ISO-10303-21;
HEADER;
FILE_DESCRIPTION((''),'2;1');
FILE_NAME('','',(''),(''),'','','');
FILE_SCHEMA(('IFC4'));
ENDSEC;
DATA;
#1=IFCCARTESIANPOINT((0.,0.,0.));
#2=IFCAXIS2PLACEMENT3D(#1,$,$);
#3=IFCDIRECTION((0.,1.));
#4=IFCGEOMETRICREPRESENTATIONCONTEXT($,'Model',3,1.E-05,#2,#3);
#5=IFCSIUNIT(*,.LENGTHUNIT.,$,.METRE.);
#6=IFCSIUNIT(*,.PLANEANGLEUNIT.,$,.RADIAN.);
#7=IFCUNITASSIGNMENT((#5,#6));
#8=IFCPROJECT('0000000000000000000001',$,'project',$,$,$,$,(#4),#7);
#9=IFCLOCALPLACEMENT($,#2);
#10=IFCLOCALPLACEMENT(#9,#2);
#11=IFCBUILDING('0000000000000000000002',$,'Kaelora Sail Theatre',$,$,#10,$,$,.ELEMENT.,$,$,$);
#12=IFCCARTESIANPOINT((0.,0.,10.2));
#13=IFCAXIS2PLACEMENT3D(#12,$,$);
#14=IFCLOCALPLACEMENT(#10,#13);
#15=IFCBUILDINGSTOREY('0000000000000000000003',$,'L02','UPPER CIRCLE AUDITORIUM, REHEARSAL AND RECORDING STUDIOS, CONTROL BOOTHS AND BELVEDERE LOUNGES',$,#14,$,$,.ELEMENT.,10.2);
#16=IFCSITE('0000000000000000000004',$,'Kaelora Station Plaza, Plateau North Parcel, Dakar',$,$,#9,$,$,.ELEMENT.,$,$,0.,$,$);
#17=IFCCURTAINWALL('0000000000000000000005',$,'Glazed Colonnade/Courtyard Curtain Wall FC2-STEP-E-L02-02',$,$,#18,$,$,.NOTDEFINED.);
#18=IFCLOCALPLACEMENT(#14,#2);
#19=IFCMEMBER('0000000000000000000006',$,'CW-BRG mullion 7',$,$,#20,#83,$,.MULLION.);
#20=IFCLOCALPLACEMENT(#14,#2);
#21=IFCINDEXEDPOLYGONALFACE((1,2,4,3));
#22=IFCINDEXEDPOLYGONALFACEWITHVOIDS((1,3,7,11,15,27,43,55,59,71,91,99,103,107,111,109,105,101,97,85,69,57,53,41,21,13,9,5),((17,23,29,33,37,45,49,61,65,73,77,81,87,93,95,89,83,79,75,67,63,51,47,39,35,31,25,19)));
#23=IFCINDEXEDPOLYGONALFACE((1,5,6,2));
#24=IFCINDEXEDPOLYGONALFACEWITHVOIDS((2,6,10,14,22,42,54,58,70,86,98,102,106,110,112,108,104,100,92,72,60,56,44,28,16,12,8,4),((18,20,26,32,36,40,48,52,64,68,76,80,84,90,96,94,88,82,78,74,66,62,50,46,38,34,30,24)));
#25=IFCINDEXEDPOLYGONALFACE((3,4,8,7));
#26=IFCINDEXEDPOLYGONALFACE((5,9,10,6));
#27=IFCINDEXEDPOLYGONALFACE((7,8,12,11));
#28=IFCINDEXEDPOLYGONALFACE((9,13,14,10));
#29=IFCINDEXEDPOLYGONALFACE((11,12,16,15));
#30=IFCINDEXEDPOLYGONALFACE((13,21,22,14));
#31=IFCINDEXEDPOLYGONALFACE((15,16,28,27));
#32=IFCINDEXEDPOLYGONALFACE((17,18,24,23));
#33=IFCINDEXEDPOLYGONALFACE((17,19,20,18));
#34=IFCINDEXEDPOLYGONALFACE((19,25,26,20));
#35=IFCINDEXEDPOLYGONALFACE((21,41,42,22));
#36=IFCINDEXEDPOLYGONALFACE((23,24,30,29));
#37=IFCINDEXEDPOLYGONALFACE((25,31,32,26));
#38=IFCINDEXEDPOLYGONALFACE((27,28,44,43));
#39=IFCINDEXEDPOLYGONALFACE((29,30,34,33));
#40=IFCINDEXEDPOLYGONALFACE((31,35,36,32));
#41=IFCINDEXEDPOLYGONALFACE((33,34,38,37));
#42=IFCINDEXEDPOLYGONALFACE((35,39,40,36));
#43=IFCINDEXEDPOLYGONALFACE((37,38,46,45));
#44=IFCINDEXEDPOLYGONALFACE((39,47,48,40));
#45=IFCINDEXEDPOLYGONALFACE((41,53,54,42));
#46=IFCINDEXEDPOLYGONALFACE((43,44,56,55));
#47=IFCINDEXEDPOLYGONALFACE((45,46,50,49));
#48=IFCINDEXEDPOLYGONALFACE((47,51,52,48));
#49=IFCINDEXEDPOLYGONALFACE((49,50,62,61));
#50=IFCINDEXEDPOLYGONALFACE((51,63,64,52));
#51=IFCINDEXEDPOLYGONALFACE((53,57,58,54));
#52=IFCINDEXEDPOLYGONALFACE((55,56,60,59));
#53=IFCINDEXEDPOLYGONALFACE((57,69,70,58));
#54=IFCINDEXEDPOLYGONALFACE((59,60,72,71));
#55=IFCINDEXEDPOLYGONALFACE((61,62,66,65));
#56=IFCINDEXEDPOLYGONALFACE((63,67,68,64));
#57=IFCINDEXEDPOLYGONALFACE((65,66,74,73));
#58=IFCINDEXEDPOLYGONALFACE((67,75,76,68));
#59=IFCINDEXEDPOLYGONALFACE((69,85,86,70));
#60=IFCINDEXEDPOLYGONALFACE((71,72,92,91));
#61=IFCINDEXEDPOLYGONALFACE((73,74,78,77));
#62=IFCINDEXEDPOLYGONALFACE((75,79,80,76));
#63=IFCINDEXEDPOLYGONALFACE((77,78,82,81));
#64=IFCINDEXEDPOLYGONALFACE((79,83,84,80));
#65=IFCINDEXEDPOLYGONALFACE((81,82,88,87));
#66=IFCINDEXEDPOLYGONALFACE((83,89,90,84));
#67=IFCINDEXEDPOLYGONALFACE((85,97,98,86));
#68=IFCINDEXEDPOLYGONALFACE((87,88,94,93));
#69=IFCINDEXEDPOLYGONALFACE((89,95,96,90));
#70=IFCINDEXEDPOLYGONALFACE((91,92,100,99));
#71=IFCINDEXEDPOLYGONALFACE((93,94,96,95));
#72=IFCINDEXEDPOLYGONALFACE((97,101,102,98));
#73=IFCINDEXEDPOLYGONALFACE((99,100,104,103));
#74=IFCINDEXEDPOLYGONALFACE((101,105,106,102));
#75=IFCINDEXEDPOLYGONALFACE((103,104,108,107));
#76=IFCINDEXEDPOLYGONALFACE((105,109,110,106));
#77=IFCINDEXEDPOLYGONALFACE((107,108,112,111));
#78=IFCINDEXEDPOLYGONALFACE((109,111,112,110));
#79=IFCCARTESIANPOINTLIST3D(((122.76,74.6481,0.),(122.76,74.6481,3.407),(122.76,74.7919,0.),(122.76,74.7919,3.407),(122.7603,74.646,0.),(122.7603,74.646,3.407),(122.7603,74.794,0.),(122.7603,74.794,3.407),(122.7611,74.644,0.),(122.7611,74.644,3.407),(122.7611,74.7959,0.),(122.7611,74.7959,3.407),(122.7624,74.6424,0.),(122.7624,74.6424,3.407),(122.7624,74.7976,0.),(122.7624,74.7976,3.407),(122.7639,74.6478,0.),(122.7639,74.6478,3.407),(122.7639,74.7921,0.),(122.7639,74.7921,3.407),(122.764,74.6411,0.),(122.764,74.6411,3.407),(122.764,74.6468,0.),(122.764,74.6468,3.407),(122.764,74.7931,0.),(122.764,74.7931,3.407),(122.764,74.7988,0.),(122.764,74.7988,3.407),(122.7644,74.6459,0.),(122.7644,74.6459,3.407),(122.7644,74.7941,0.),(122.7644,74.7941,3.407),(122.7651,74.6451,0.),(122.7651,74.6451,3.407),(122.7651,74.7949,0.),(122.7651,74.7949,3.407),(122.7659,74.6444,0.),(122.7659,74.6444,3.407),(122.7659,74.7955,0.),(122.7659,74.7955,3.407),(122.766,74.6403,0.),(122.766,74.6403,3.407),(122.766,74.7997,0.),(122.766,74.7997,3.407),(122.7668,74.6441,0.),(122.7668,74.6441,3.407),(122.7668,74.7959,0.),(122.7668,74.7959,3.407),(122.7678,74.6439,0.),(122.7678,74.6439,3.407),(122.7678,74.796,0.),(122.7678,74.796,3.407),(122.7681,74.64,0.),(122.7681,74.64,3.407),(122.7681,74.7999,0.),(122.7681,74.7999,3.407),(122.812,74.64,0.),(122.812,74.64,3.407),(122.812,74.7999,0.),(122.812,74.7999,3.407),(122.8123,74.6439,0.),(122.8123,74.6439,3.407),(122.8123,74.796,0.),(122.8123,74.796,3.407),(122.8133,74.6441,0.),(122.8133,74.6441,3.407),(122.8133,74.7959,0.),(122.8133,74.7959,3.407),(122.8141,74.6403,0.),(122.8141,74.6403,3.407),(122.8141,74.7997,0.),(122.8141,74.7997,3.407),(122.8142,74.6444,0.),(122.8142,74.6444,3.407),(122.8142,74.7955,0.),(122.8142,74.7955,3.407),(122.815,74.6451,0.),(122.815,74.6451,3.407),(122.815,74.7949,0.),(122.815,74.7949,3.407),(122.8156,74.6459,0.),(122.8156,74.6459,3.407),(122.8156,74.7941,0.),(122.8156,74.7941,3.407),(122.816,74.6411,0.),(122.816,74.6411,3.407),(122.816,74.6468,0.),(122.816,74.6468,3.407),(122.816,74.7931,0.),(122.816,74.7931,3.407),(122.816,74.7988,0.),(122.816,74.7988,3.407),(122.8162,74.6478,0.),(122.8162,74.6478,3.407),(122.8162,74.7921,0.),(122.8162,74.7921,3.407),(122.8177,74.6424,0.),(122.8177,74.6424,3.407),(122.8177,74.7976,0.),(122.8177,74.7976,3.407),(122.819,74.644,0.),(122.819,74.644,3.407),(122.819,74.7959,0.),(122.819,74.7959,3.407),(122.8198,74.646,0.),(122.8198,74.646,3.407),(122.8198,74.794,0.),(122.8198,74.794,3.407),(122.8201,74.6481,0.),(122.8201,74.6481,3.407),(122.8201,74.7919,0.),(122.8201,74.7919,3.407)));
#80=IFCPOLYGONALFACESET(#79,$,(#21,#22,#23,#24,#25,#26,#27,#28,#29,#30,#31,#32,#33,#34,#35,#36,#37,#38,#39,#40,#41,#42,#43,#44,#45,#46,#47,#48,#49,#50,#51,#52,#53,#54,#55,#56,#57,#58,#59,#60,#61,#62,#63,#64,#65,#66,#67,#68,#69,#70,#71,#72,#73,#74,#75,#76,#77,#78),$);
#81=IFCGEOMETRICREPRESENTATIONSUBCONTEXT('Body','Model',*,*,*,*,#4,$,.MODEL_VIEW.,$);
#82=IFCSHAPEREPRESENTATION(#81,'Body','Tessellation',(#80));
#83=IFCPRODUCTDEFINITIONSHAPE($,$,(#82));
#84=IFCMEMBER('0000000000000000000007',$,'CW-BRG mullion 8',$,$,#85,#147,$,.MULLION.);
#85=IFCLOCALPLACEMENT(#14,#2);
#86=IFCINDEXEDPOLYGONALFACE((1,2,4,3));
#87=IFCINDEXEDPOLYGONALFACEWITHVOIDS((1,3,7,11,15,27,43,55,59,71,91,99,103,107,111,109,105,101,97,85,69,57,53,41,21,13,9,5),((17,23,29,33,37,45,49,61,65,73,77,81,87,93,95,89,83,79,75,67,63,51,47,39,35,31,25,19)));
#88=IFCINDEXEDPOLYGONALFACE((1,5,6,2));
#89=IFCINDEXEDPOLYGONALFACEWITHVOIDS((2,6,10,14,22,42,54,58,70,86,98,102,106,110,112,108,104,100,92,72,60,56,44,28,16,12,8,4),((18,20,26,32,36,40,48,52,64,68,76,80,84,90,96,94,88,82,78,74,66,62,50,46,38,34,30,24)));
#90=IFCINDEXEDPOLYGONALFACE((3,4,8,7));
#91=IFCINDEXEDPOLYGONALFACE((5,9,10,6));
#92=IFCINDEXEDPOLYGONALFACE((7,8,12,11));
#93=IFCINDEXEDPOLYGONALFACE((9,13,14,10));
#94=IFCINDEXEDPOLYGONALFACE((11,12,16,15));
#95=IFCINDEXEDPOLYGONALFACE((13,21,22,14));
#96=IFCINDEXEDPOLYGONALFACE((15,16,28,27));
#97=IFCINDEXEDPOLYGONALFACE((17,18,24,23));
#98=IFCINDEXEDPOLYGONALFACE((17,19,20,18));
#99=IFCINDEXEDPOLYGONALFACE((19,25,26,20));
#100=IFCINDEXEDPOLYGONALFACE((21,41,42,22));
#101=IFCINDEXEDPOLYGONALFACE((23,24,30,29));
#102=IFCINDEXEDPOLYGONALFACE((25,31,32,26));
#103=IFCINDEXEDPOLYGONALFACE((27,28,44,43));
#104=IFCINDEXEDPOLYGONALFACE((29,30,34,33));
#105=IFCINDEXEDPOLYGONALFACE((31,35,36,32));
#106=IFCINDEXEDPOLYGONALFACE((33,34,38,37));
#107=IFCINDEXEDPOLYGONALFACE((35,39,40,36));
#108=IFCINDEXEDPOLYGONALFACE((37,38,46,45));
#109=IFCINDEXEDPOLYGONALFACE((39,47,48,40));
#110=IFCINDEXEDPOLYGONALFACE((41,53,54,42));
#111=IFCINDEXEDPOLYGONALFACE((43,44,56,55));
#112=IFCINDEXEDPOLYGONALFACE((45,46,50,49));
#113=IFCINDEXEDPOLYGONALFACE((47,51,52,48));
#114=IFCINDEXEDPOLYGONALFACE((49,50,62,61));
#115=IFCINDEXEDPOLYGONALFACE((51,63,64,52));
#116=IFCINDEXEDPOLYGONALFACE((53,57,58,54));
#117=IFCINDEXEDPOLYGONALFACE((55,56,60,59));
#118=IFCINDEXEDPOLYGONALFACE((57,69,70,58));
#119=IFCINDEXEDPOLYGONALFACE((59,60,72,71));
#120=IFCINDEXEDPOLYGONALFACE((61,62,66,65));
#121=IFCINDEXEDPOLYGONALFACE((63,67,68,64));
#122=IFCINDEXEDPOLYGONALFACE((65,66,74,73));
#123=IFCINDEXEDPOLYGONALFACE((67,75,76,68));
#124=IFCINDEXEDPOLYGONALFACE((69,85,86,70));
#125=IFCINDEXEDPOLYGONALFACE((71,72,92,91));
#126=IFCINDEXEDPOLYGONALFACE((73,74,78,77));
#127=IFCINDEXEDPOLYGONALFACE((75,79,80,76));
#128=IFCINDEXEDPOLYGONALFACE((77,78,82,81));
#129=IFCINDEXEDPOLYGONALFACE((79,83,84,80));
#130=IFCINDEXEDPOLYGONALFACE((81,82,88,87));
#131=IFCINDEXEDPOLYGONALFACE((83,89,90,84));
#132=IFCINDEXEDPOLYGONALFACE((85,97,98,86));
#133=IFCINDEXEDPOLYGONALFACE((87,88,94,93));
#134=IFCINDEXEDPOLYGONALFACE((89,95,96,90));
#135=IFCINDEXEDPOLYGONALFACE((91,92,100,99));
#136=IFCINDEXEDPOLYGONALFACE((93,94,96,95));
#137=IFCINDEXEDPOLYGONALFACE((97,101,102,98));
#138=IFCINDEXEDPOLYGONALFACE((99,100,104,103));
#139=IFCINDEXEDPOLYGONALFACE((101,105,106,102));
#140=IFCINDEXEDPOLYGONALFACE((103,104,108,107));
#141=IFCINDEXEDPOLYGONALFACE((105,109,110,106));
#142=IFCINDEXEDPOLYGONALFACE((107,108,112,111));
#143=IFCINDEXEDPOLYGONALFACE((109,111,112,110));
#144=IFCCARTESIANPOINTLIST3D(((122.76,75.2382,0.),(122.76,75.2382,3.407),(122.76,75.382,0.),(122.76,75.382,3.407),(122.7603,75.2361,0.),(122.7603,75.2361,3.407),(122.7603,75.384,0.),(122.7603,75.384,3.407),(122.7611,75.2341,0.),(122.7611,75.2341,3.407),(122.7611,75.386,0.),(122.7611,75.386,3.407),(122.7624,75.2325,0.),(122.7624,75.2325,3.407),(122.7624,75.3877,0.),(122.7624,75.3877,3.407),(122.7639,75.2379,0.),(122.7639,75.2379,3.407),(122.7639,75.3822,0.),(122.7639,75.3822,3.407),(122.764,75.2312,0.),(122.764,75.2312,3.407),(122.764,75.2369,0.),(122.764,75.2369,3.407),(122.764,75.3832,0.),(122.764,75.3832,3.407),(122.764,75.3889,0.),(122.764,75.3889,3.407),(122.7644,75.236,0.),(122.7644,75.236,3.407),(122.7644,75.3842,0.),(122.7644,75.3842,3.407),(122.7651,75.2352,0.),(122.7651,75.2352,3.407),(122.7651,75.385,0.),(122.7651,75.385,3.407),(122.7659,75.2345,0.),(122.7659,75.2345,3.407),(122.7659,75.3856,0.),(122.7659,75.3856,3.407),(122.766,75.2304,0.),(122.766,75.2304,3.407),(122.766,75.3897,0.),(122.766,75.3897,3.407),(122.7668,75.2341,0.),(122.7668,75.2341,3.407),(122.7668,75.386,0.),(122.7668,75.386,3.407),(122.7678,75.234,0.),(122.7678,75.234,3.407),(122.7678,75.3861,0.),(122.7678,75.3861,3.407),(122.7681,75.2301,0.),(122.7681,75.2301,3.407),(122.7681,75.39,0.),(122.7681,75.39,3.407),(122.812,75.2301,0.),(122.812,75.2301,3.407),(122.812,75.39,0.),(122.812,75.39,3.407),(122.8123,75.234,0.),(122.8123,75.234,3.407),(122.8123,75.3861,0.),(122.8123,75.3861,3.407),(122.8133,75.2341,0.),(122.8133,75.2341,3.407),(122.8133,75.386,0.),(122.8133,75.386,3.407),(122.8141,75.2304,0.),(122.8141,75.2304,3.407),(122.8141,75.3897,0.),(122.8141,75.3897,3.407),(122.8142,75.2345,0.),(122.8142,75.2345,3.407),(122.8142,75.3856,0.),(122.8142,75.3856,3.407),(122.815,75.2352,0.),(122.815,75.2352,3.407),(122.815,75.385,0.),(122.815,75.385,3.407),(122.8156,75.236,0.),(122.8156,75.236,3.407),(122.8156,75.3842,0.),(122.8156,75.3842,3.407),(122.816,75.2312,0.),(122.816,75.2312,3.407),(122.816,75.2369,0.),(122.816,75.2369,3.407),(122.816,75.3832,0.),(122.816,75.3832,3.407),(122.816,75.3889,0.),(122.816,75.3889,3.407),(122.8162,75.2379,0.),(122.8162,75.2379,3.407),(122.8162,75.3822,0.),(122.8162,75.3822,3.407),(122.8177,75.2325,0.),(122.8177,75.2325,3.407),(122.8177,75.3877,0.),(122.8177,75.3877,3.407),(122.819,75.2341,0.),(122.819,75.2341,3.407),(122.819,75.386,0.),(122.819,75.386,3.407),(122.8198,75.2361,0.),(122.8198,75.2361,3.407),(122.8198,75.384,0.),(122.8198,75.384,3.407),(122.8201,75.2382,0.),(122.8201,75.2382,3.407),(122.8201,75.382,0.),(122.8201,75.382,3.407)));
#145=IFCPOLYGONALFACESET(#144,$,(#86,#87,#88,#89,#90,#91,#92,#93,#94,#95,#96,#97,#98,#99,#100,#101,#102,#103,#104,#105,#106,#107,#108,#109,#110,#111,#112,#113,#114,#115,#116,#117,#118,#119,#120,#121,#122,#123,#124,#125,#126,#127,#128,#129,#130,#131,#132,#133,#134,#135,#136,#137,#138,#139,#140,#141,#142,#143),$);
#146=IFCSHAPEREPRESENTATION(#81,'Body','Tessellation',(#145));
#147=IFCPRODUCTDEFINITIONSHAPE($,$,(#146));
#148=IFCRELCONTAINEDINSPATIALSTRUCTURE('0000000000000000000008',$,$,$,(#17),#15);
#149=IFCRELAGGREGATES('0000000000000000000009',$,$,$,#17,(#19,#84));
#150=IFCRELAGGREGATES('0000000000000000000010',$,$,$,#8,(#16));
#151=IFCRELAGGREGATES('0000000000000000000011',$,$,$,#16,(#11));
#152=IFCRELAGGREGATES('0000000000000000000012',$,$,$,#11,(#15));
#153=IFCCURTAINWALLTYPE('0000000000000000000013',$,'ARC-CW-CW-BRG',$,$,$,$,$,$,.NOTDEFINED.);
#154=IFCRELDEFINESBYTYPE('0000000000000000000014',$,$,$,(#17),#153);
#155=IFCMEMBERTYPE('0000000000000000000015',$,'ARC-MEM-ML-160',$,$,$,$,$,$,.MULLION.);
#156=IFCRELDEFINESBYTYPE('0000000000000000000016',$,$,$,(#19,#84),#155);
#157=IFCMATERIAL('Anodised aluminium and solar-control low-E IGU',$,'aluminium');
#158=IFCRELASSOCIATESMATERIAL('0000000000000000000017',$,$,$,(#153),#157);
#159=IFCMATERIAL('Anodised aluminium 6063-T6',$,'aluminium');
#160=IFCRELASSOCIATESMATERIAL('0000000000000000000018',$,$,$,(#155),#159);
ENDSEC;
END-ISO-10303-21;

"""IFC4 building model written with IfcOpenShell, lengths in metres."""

from ifc_helpers import new_model, si_unit, direction, frame, origin, origin_2d, place, context, subcontext, project, spatial, hollow_rectangle, extrude, material, material_profile, profile_set, type_object, element, aggregate, save


model = new_model("IFC4")

# Units and contexts
model_context = context("Model", 3, precision=1e-05, world=origin(), true_north=direction((0.0, 1.0)))
body_context = subcontext(model_context, "Body", "Model", "MODEL_VIEW")
ifc_project = project(units=[si_unit("LENGTHUNIT", "METRE"), si_unit("PLANEANGLEUNIT", "RADIAN")], contexts=[model_context])

# Site, building, storey
site_placement = place(None, origin())
site = spatial("IfcSite", under=ifc_project, at=site_placement, Name="Kaelora Station Plaza, Plateau North Parcel, Dakar", CompositionType="ELEMENT", RefElevation=0.0)
building_placement = place(site_placement, origin())
building = spatial("IfcBuilding", under=site, at=building_placement, Name="Kaelora Sail Theatre", CompositionType="ELEMENT")
storey_placement = place(building_placement, frame((0.0, 0.0, 10.2)))
storey = spatial("IfcBuildingStorey", under=building, at=storey_placement, Name="L02", Description="UPPER CIRCLE AUDITORIUM, REHEARSAL AND RECORDING STUDIOS, CONTROL BOOTHS AND BELVEDERE LOUNGES", CompositionType="ELEMENT", Elevation=10.2)

# Curtain wall, members
ifc_material_1 = material(Name="Anodised aluminium and solar-control low-E IGU", Category="aluminium")
curtain_wall_type = type_object("IfcCurtainWallType", Name="ARC-CW-CW-BRG", PredefinedType="NOTDEFINED", material=ifc_material_1)
curtain_wall_1_placement = place(storey_placement, origin())
curtain_wall_1 = element("IfcCurtainWall", 1, at=curtain_wall_1_placement, inside=storey, type_object=curtain_wall_type, Name="Glazed Colonnade/Courtyard Curtain Wall FC2-STEP-E-L02-02", PredefinedType="NOTDEFINED")
ifc_material_2 = material(Name="Anodised aluminium 6063-T6", Category="aluminium")
ifc_material_profile_1 = material_profile(ifc_material_2, hollow_rectangle(XDim=0.0601, YDim=0.1599, WallThickness=0.0039, InnerFilletRadius=0.0039, OuterFilletRadius=0.0081, at=origin_2d()), Name="ALU-MULL 60x160x4")
ifc_profile_set_1 = profile_set([ifc_material_profile_1], Name="Anodised aluminium 6063-T6")
member_type_1 = type_object("IfcMemberType", Name="ARC-MEM-ML-160", PredefinedType="MULLION", material=ifc_profile_set_1)
member_1_placement = place(storey_placement, frame((122.79, 74.72, 0.0), z_axis=(0.0, 0.0, 1.0), x_axis=(-1.0, 0.0, 0.0)))
member_1 = element("IfcMember", 2, at=member_1_placement, type_object=member_type_1, Name="CW-BRG mullion 7", PredefinedType="MULLION", context=body_context, shape_type="SweptSolid", body=[
    extrude(hollow_rectangle(XDim=0.0601, YDim=0.1599, WallThickness=0.0039, InnerFilletRadius=0.0039, OuterFilletRadius=0.0081, at=origin_2d()), origin(), (0.0, 0.0, 1.0), 3.407),
])
member_2_placement = place(storey_placement, frame((122.79, 75.3101, 0.0), z_axis=(0.0, 0.0, 1.0), x_axis=(-1.0, 0.0, 0.0)))
member_2 = element("IfcMember", 3, at=member_2_placement, type_object=member_type_1, Name="CW-BRG mullion 8", PredefinedType="MULLION", context=body_context, shape_type="SweptSolid", body=[
    extrude(hollow_rectangle(XDim=0.0601, YDim=0.1599, WallThickness=0.0039, InnerFilletRadius=0.0039, OuterFilletRadius=0.0081, at=origin_2d()), origin(), (0.0, 0.0, 1.0), 3.407),
])

aggregate(curtain_wall_1, [member_1, member_2])

save(model, "model.ifc")
